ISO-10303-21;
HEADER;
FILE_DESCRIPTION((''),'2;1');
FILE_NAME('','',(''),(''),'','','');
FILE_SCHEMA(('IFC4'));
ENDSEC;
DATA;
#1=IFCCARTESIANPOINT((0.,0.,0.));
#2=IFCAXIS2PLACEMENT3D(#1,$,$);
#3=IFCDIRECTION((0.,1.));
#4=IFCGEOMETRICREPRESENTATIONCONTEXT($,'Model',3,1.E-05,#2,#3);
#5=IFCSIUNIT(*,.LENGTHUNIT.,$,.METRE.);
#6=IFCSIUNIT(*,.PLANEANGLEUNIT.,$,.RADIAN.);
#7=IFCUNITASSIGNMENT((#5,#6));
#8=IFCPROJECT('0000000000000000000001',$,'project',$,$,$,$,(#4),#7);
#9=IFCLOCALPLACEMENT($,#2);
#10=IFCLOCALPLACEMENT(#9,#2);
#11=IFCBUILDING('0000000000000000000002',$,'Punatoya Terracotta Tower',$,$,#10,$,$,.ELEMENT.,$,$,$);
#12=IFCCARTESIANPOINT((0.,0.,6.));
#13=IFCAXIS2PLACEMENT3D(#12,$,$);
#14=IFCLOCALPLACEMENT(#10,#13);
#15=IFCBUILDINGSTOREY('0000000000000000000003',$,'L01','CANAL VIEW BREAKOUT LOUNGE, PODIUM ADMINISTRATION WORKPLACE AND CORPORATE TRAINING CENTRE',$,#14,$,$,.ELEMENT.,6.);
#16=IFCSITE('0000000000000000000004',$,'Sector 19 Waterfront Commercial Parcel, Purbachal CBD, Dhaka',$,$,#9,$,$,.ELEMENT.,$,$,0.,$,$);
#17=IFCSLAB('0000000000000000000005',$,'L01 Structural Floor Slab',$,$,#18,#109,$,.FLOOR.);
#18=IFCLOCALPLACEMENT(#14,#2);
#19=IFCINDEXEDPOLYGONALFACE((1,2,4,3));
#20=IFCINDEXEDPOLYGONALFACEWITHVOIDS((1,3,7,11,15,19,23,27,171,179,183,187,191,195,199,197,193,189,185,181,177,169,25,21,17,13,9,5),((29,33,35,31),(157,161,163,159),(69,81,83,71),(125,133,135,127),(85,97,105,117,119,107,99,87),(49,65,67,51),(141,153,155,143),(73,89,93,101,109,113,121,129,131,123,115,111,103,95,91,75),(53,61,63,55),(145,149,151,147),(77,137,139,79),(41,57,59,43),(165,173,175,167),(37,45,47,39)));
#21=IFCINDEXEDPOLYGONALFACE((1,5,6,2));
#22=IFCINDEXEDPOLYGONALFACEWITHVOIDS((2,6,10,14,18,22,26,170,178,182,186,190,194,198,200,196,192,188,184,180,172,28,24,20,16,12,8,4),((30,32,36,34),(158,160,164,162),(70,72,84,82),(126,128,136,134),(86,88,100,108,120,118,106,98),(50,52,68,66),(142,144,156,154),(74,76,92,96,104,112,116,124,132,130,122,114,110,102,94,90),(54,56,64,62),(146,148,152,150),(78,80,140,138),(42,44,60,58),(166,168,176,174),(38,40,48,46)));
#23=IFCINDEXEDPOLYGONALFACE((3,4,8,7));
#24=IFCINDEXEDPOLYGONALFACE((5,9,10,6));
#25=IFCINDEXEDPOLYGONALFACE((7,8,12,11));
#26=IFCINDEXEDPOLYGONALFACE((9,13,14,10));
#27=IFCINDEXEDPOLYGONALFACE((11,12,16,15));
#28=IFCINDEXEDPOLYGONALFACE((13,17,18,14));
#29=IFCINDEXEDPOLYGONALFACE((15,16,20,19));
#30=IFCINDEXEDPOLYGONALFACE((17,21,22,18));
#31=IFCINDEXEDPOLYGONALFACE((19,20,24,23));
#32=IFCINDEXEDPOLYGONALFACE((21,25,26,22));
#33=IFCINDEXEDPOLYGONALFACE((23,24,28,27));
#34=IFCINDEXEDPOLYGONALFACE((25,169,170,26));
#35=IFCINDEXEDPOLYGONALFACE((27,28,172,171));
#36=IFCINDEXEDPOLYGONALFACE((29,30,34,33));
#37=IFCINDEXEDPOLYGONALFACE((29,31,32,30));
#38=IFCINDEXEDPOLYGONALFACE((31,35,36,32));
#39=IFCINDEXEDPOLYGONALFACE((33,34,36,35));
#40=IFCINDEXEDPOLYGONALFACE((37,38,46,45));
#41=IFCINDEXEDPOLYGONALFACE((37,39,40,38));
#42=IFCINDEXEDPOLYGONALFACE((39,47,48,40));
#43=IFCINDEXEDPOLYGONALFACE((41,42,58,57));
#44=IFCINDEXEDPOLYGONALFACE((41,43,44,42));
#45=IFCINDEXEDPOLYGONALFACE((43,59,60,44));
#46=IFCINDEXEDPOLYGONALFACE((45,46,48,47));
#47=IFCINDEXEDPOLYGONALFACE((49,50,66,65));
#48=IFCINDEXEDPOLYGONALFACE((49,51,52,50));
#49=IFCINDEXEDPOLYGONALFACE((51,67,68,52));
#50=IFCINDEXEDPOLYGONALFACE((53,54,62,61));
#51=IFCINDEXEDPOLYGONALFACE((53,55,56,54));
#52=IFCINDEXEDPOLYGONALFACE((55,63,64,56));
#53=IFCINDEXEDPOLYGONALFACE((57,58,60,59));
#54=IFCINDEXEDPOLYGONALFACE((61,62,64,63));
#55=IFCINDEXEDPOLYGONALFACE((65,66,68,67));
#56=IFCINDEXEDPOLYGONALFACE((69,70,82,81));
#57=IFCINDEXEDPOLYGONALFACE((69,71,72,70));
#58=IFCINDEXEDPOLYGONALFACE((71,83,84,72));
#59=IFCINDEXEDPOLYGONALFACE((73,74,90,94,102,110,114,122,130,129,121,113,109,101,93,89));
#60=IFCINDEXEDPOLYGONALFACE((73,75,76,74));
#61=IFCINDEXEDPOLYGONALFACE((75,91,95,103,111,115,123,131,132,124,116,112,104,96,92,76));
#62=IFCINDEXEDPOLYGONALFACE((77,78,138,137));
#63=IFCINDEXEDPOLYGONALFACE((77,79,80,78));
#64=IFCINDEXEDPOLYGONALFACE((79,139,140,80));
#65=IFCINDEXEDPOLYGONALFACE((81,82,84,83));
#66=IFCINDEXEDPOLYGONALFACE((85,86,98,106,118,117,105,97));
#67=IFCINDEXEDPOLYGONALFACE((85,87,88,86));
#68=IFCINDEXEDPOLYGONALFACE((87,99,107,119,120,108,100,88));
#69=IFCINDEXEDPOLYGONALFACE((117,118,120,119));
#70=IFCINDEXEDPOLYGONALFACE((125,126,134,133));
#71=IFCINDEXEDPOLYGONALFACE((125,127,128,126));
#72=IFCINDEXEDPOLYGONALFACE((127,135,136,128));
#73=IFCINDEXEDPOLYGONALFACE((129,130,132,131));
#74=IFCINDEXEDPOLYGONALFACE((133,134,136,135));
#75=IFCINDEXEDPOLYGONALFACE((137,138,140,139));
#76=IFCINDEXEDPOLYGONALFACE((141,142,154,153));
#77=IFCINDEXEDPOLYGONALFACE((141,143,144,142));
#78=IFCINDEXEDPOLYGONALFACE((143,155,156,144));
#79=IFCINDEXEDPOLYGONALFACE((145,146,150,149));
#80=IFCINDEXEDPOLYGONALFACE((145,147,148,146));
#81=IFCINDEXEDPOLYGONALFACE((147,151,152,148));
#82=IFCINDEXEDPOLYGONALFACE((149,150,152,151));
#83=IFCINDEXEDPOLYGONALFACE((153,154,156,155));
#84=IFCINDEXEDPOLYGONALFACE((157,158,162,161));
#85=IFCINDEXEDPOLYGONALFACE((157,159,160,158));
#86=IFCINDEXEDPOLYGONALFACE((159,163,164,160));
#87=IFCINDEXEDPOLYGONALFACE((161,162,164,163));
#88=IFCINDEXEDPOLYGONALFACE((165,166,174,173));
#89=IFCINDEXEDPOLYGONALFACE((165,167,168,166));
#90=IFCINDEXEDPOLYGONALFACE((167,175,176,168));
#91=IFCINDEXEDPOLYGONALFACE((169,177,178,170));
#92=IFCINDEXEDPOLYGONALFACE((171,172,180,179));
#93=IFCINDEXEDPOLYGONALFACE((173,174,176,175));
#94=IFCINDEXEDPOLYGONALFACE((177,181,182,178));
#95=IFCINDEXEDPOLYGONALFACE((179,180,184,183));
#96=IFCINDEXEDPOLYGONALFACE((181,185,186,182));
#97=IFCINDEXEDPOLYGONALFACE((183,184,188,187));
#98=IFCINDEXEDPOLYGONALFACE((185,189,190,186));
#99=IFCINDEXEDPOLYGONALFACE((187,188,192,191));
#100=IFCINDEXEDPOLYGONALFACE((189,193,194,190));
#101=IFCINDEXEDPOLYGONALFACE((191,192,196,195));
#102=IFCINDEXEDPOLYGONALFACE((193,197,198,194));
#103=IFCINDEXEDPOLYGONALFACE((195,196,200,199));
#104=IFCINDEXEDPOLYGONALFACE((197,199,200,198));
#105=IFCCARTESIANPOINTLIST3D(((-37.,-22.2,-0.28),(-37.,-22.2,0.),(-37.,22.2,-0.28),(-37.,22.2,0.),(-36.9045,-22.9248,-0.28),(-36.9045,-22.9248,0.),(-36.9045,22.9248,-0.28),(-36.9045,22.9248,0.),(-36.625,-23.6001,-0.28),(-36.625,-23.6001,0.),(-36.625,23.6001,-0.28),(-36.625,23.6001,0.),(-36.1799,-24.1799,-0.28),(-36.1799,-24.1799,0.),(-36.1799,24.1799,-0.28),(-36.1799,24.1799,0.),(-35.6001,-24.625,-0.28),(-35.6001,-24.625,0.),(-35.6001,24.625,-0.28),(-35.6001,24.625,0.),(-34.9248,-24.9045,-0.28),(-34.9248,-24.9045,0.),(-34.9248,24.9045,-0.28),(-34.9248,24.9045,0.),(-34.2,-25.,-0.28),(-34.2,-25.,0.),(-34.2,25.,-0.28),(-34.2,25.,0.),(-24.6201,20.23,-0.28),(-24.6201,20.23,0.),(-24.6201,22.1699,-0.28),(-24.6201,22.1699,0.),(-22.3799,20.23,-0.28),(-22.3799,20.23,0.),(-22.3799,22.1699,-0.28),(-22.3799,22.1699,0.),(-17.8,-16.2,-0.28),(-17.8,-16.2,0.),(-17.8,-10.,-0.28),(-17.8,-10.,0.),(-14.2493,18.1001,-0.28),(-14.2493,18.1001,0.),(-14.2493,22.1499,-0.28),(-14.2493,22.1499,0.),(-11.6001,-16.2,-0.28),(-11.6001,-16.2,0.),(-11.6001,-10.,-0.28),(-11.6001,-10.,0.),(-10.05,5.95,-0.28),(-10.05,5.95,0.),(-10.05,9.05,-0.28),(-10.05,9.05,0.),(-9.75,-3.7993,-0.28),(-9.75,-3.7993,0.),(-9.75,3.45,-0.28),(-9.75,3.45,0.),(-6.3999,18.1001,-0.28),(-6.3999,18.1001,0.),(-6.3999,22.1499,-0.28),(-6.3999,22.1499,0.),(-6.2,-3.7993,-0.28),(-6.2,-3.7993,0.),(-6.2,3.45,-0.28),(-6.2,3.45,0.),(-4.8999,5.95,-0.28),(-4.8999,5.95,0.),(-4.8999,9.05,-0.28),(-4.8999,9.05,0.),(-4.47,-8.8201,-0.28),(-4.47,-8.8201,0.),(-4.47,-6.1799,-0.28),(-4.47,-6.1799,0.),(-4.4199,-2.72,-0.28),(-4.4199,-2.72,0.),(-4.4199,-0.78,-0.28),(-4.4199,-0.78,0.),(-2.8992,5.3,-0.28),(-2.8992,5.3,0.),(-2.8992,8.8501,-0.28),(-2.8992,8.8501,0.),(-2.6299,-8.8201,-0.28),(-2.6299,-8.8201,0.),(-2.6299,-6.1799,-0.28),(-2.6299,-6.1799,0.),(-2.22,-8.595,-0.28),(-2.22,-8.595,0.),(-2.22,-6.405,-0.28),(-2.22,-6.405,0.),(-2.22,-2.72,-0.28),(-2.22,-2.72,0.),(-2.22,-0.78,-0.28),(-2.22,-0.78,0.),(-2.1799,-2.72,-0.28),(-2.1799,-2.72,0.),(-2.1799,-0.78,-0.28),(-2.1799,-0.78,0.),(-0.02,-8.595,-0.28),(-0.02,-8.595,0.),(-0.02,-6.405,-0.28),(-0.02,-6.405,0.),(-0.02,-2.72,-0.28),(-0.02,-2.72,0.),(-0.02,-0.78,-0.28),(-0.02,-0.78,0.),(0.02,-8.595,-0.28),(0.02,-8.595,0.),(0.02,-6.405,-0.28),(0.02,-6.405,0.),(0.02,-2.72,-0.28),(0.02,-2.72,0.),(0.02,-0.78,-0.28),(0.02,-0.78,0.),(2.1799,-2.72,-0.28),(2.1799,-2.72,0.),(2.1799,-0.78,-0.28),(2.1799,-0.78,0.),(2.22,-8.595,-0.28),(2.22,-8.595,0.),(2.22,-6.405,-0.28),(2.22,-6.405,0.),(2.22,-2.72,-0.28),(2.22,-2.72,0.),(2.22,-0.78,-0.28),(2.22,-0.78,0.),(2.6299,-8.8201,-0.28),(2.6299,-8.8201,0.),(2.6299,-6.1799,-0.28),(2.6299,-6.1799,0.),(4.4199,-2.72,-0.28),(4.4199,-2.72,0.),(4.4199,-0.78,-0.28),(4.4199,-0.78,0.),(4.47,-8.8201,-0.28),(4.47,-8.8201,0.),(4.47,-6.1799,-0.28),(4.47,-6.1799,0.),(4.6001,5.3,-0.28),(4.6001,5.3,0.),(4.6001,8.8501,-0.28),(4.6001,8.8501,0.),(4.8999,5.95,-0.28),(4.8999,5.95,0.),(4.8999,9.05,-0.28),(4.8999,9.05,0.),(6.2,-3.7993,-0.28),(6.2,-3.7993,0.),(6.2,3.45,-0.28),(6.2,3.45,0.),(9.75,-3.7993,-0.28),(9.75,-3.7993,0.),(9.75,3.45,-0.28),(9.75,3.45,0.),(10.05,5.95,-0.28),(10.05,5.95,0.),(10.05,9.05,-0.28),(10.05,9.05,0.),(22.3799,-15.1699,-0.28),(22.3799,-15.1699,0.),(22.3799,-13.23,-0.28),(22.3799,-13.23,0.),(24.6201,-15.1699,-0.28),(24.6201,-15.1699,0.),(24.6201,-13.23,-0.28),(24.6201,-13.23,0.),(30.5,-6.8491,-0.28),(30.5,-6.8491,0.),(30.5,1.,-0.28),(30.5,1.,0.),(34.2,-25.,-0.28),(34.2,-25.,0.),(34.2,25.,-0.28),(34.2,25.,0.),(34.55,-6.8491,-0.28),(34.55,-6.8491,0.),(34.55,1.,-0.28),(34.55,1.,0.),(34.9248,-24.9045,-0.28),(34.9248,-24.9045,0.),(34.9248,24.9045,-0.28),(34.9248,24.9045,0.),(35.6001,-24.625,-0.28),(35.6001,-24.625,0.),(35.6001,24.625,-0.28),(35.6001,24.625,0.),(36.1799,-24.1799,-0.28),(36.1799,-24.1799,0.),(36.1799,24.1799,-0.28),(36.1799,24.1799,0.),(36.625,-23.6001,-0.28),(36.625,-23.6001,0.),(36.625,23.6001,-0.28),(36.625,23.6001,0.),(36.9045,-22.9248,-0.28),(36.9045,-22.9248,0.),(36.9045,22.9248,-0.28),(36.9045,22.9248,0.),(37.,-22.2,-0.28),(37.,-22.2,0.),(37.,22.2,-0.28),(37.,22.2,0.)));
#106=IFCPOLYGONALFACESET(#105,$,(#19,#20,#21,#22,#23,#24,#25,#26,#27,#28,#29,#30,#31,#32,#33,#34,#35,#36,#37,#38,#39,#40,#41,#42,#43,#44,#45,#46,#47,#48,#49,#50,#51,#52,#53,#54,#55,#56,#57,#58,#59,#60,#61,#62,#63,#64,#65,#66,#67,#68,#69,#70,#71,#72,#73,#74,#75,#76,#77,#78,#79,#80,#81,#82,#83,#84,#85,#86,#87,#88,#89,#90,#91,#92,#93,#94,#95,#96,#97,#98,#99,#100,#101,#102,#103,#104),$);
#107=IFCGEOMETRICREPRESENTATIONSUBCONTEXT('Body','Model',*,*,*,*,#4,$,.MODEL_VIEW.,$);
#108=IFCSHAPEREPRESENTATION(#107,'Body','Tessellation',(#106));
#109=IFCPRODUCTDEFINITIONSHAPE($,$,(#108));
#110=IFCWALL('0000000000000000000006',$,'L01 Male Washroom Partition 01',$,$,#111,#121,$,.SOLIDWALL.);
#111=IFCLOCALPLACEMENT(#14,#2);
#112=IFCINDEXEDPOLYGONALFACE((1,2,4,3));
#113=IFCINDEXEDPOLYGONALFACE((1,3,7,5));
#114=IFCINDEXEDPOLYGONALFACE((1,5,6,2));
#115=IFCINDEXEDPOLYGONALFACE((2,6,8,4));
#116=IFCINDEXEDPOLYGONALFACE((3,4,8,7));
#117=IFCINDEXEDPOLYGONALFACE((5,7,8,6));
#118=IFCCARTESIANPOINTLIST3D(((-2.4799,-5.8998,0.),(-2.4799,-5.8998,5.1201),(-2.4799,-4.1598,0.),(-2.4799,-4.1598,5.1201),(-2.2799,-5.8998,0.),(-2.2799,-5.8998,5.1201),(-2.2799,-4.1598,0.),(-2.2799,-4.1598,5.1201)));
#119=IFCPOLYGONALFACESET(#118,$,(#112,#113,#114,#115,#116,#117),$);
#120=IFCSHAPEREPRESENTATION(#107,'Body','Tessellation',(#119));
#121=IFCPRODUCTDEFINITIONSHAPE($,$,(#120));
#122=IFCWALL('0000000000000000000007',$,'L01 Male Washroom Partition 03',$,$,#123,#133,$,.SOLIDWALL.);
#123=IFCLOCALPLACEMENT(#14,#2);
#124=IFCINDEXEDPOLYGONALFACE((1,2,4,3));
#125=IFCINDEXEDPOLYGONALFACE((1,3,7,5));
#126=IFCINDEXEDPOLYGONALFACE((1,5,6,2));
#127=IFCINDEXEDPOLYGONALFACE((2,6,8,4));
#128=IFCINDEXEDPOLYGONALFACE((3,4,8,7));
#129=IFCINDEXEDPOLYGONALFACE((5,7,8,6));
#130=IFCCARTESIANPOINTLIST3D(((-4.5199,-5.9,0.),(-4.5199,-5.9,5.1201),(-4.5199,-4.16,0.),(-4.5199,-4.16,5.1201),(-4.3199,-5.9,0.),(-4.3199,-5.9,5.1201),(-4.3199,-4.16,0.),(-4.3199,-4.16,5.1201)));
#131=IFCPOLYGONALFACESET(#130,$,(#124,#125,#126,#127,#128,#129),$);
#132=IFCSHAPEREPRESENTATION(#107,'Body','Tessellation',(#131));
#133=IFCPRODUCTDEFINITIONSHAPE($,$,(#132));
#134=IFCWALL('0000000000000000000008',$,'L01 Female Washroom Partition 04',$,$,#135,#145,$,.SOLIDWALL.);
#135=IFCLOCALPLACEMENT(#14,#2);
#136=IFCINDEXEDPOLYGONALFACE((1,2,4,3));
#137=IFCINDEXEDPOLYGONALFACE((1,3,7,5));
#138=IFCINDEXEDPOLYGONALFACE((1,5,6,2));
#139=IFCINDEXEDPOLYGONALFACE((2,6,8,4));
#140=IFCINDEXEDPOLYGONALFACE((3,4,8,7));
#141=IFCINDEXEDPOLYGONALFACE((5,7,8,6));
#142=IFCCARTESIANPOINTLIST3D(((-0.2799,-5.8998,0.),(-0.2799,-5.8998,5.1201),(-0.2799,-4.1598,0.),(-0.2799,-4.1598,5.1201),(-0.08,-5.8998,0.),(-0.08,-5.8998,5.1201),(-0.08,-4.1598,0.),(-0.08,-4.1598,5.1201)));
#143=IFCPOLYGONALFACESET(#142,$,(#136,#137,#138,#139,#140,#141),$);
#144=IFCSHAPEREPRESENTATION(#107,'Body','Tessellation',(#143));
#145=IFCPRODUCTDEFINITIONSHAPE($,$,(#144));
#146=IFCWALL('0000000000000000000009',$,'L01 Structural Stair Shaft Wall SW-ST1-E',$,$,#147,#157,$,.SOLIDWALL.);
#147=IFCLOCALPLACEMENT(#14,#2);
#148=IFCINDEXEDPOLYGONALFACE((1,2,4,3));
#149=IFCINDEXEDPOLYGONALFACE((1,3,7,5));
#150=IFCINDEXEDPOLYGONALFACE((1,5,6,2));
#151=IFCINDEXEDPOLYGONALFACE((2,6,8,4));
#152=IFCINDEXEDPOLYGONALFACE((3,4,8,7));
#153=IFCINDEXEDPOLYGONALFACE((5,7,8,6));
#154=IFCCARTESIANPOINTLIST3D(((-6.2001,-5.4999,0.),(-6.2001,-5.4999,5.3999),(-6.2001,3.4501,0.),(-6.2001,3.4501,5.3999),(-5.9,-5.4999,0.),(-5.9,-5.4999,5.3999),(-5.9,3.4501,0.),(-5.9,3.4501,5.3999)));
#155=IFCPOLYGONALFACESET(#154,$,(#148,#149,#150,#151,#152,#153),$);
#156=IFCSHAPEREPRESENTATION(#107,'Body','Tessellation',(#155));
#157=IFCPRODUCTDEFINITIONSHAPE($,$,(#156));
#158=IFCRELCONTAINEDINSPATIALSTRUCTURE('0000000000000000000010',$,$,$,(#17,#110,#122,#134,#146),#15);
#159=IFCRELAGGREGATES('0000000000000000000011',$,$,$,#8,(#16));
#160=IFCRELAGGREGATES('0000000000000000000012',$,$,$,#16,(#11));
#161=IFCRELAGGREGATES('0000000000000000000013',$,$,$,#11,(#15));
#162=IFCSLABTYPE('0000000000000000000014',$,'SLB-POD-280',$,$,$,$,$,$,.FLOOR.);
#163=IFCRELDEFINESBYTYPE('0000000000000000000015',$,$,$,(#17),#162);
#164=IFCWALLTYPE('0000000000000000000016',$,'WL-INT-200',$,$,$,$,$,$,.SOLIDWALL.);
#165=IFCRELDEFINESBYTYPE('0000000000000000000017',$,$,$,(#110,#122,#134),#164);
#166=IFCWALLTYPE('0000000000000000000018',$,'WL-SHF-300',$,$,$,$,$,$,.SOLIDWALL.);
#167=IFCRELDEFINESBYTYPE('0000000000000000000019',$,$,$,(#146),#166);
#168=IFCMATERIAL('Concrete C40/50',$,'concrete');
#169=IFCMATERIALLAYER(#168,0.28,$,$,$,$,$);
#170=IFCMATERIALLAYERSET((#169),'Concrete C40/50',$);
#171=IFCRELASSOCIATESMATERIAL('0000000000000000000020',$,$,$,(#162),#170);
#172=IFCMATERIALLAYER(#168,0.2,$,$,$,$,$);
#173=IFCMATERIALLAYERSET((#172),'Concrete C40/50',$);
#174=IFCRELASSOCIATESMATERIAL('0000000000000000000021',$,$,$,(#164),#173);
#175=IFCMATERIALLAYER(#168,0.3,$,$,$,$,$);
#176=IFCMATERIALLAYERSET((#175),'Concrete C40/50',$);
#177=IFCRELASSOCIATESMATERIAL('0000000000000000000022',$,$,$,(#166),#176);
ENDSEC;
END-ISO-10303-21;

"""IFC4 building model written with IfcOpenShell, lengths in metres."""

from ifc_helpers import new_model, si_unit, direction, frame, frame_2d, origin, place, context, subcontext, project, spatial, polyline, rectangle, outline, extrude, material, layer, layer_set, type_object, element, save


model = new_model("IFC4")

# Units and contexts
model_context = context("Model", 3, precision=1e-05, world=origin(), true_north=direction((0.0, 1.0)))
body_context = subcontext(model_context, "Body", "Model", "MODEL_VIEW")
ifc_project = project(units=[si_unit("LENGTHUNIT", "METRE"), si_unit("PLANEANGLEUNIT", "RADIAN")], contexts=[model_context])

# Site, building, storey
site_placement = place(None, origin())
site = spatial("IfcSite", under=ifc_project, at=site_placement, Name="Sector 19 Waterfront Commercial Parcel, Purbachal CBD, Dhaka", CompositionType="ELEMENT", RefElevation=0.0)
building_placement = place(site_placement, origin())
building = spatial("IfcBuilding", under=site, at=building_placement, Name="Punatoya Terracotta Tower", CompositionType="ELEMENT")
storey_placement = place(building_placement, frame((0.0, 0.0, 6.0)))
storey = spatial("IfcBuildingStorey", under=building, at=storey_placement, Name="L01", Description="CANAL VIEW BREAKOUT LOUNGE, PODIUM ADMINISTRATION WORKPLACE AND CORPORATE TRAINING CENTRE", CompositionType="ELEMENT", Elevation=6.0)

# Slab
ifc_material_1 = material(Name="Concrete C40/50", Category="concrete")
ifc_layer_1 = layer(ifc_material_1, 0.28)
ifc_layer_set_1 = layer_set([ifc_layer_1], Name="Concrete C40/50")
slab_type = type_object("IfcSlabType", Name="SLB-POD-280", PredefinedType="FLOOR", material=ifc_layer_set_1)
slab_placement = place(storey_placement, frame((0.0, 0.0, -0.28)))
element("IfcSlab", 1, at=slab_placement, inside=storey, type_object=slab_type, Name="L01 Structural Floor Slab", PredefinedType="FLOOR", context=body_context, shape_type="SweptSolid", body=[
    extrude(outline(polyline([(-34.2, -25.0), (-34.9248, -24.9045), (-35.6001, -24.625), (-36.1799, -24.1799), (-36.625, -23.6001), (-36.9045, -22.9248), (-37.0, -22.2), (-37.0, 22.2), (-36.9045, 22.9248), (-36.625, 23.6001), (-36.1799, 24.1799), (-35.6001, 24.625), (-34.9248, 24.9045), (-34.2, 25.0), (34.2, 25.0), (34.9248, 24.9045), (35.6001, 24.625), (36.1799, 24.1799), (36.625, 23.6001), (36.9045, 22.9248), (37.0, 22.2), (37.0, -22.2), (36.9045, -22.9248), (36.625, -23.6001), (36.1799, -24.1799), (35.6001, -24.625), (34.9248, -24.9045), (34.2, -25.0), (-34.2, -25.0)]), holes=[polyline([(-11.6001, -10.0), (-17.8, -10.0), (-17.8, -16.2), (-11.6001, -16.2), (-11.6001, -10.0)]), polyline([(-2.6299, -8.8201), (-2.6299, -6.1799), (-4.47, -6.1799), (-4.47, -8.8201), (-2.6299, -8.8201)]), polyline([(0.02, -8.595), (2.22, -8.595), (2.22, -6.405), (0.02, -6.405), (-0.02, -6.405), (-2.22, -6.405), (-2.22, -8.595), (-0.02, -8.595), (0.02, -8.595)]), polyline([(-2.22, -2.72), (-2.1799, -2.72), (-0.02, -2.72), (0.02, -2.72), (2.1799, -2.72), (2.22, -2.72), (4.4199, -2.72), (4.4199, -0.78), (2.22, -0.78), (2.1799, -0.78), (0.02, -0.78), (-0.02, -0.78), (-2.1799, -0.78), (-2.22, -0.78), (-4.4199, -0.78), (-4.4199, -2.72), (-2.22, -2.72)]), polyline([(-6.2, 3.45), (-9.75, 3.45), (-9.75, -3.7993), (-6.2, -3.7993), (-6.2, 3.45)]), polyline([(-4.8999, 5.95), (-4.8999, 9.05), (-10.05, 9.05), (-10.05, 5.95), (-4.8999, 5.95)]), polyline([(-14.2493, 18.1001), (-6.3999, 18.1001), (-6.3999, 22.1499), (-14.2493, 22.1499), (-14.2493, 18.1001)]), polyline([(-24.6201, 20.23), (-22.3799, 20.23), (-22.3799, 22.1699), (-24.6201, 22.1699), (-24.6201, 20.23)]), polyline([(24.6201, -15.1699), (24.6201, -13.23), (22.3799, -13.23), (22.3799, -15.1699), (24.6201, -15.1699)]), polyline([(4.47, -8.8201), (4.47, -6.1799), (2.6299, -6.1799), (2.6299, -8.8201), (4.47, -8.8201)]), polyline([(34.55, 1.0), (30.5, 1.0), (30.5, -6.8491), (34.55, -6.8491), (34.55, 1.0)]), polyline([(9.75, 3.45), (6.2, 3.45), (6.2, -3.7993), (9.75, -3.7993), (9.75, 3.45)]), polyline([(-2.8992, 5.3), (4.6001, 5.3), (4.6001, 8.8501), (-2.8992, 8.8501), (-2.8992, 5.3)]), polyline([(4.8999, 5.95), (10.05, 5.95), (10.05, 9.05), (4.8999, 9.05), (4.8999, 5.95)])]), origin(), (0.0, 0.0, 1.0), 0.28),
])

# Wall
ifc_layer_2 = layer(ifc_material_1, 0.2)
ifc_layer_set_2 = layer_set([ifc_layer_2], Name="Concrete C40/50")
wall_type_1 = type_object("IfcWallType", Name="WL-INT-200", PredefinedType="SOLIDWALL", material=ifc_layer_set_2)
wall_1_placement = place(storey_placement, frame((-2.3799, -5.8999, 0.0), z_axis=(0.0, 0.0, 1.0), x_axis=(0.0, 1.0, 0.0)))
element("IfcWall", 2, at=wall_1_placement, inside=storey, type_object=wall_type_1, Name="L01 Male Washroom Partition 01", PredefinedType="SOLIDWALL", context=body_context, shape_type="SweptSolid", body=[
    extrude(rectangle(XDim=1.74, YDim=0.2, at=frame_2d((0.8701, 0.0))), origin(), (0.0, 0.0, 1.0), 5.1201),
])

# Walls
for number, where, z_axis, x_axis, name in (
    (3, (-4.4199, -4.1599, 0.0), (0.0, 0.0, 1.0), (0.0, -1.0, 0.0), "L01 Male Washroom Partition 03"),
    (4, (-0.1799, -5.8999, 0.0), (0.0, 0.0, 1.0), (0.0, 1.0, 0.0), "L01 Female Washroom Partition 04"),
):
    element("IfcWall", number, at=place(storey_placement, frame(where, z_axis=z_axis, x_axis=x_axis)), inside=storey, type_object=wall_type_1, Name=name, PredefinedType="SOLIDWALL", context=body_context, shape_type="SweptSolid", body=[
        extrude(rectangle(XDim=1.74, YDim=0.2, at=frame_2d((0.8701, 0.0))), origin(), (0.0, 0.0, 1.0), 5.1201),
    ])

# Wall
ifc_layer_3 = layer(ifc_material_1, 0.3)
ifc_layer_set_3 = layer_set([ifc_layer_3], Name="Concrete C40/50")
wall_type_2 = type_object("IfcWallType", Name="WL-SHF-300", PredefinedType="SOLIDWALL", material=ifc_layer_set_3)
wall_2_placement = place(storey_placement, frame((-6.05, -5.5, 0.0), z_axis=(0.0, 0.0, 1.0), x_axis=(0.0, 1.0, 0.0)))
element("IfcWall", 5, at=wall_2_placement, inside=storey, type_object=wall_type_2, Name="L01 Structural Stair Shaft Wall SW-ST1-E", PredefinedType="SOLIDWALL", context=body_context, shape_type="SweptSolid", body=[
    extrude(rectangle(XDim=8.95, YDim=0.3, at=frame_2d((4.4751, 0.0))), origin(), (0.0, 0.0, 1.0), 5.3999),
])

save(model, "model.ifc")
